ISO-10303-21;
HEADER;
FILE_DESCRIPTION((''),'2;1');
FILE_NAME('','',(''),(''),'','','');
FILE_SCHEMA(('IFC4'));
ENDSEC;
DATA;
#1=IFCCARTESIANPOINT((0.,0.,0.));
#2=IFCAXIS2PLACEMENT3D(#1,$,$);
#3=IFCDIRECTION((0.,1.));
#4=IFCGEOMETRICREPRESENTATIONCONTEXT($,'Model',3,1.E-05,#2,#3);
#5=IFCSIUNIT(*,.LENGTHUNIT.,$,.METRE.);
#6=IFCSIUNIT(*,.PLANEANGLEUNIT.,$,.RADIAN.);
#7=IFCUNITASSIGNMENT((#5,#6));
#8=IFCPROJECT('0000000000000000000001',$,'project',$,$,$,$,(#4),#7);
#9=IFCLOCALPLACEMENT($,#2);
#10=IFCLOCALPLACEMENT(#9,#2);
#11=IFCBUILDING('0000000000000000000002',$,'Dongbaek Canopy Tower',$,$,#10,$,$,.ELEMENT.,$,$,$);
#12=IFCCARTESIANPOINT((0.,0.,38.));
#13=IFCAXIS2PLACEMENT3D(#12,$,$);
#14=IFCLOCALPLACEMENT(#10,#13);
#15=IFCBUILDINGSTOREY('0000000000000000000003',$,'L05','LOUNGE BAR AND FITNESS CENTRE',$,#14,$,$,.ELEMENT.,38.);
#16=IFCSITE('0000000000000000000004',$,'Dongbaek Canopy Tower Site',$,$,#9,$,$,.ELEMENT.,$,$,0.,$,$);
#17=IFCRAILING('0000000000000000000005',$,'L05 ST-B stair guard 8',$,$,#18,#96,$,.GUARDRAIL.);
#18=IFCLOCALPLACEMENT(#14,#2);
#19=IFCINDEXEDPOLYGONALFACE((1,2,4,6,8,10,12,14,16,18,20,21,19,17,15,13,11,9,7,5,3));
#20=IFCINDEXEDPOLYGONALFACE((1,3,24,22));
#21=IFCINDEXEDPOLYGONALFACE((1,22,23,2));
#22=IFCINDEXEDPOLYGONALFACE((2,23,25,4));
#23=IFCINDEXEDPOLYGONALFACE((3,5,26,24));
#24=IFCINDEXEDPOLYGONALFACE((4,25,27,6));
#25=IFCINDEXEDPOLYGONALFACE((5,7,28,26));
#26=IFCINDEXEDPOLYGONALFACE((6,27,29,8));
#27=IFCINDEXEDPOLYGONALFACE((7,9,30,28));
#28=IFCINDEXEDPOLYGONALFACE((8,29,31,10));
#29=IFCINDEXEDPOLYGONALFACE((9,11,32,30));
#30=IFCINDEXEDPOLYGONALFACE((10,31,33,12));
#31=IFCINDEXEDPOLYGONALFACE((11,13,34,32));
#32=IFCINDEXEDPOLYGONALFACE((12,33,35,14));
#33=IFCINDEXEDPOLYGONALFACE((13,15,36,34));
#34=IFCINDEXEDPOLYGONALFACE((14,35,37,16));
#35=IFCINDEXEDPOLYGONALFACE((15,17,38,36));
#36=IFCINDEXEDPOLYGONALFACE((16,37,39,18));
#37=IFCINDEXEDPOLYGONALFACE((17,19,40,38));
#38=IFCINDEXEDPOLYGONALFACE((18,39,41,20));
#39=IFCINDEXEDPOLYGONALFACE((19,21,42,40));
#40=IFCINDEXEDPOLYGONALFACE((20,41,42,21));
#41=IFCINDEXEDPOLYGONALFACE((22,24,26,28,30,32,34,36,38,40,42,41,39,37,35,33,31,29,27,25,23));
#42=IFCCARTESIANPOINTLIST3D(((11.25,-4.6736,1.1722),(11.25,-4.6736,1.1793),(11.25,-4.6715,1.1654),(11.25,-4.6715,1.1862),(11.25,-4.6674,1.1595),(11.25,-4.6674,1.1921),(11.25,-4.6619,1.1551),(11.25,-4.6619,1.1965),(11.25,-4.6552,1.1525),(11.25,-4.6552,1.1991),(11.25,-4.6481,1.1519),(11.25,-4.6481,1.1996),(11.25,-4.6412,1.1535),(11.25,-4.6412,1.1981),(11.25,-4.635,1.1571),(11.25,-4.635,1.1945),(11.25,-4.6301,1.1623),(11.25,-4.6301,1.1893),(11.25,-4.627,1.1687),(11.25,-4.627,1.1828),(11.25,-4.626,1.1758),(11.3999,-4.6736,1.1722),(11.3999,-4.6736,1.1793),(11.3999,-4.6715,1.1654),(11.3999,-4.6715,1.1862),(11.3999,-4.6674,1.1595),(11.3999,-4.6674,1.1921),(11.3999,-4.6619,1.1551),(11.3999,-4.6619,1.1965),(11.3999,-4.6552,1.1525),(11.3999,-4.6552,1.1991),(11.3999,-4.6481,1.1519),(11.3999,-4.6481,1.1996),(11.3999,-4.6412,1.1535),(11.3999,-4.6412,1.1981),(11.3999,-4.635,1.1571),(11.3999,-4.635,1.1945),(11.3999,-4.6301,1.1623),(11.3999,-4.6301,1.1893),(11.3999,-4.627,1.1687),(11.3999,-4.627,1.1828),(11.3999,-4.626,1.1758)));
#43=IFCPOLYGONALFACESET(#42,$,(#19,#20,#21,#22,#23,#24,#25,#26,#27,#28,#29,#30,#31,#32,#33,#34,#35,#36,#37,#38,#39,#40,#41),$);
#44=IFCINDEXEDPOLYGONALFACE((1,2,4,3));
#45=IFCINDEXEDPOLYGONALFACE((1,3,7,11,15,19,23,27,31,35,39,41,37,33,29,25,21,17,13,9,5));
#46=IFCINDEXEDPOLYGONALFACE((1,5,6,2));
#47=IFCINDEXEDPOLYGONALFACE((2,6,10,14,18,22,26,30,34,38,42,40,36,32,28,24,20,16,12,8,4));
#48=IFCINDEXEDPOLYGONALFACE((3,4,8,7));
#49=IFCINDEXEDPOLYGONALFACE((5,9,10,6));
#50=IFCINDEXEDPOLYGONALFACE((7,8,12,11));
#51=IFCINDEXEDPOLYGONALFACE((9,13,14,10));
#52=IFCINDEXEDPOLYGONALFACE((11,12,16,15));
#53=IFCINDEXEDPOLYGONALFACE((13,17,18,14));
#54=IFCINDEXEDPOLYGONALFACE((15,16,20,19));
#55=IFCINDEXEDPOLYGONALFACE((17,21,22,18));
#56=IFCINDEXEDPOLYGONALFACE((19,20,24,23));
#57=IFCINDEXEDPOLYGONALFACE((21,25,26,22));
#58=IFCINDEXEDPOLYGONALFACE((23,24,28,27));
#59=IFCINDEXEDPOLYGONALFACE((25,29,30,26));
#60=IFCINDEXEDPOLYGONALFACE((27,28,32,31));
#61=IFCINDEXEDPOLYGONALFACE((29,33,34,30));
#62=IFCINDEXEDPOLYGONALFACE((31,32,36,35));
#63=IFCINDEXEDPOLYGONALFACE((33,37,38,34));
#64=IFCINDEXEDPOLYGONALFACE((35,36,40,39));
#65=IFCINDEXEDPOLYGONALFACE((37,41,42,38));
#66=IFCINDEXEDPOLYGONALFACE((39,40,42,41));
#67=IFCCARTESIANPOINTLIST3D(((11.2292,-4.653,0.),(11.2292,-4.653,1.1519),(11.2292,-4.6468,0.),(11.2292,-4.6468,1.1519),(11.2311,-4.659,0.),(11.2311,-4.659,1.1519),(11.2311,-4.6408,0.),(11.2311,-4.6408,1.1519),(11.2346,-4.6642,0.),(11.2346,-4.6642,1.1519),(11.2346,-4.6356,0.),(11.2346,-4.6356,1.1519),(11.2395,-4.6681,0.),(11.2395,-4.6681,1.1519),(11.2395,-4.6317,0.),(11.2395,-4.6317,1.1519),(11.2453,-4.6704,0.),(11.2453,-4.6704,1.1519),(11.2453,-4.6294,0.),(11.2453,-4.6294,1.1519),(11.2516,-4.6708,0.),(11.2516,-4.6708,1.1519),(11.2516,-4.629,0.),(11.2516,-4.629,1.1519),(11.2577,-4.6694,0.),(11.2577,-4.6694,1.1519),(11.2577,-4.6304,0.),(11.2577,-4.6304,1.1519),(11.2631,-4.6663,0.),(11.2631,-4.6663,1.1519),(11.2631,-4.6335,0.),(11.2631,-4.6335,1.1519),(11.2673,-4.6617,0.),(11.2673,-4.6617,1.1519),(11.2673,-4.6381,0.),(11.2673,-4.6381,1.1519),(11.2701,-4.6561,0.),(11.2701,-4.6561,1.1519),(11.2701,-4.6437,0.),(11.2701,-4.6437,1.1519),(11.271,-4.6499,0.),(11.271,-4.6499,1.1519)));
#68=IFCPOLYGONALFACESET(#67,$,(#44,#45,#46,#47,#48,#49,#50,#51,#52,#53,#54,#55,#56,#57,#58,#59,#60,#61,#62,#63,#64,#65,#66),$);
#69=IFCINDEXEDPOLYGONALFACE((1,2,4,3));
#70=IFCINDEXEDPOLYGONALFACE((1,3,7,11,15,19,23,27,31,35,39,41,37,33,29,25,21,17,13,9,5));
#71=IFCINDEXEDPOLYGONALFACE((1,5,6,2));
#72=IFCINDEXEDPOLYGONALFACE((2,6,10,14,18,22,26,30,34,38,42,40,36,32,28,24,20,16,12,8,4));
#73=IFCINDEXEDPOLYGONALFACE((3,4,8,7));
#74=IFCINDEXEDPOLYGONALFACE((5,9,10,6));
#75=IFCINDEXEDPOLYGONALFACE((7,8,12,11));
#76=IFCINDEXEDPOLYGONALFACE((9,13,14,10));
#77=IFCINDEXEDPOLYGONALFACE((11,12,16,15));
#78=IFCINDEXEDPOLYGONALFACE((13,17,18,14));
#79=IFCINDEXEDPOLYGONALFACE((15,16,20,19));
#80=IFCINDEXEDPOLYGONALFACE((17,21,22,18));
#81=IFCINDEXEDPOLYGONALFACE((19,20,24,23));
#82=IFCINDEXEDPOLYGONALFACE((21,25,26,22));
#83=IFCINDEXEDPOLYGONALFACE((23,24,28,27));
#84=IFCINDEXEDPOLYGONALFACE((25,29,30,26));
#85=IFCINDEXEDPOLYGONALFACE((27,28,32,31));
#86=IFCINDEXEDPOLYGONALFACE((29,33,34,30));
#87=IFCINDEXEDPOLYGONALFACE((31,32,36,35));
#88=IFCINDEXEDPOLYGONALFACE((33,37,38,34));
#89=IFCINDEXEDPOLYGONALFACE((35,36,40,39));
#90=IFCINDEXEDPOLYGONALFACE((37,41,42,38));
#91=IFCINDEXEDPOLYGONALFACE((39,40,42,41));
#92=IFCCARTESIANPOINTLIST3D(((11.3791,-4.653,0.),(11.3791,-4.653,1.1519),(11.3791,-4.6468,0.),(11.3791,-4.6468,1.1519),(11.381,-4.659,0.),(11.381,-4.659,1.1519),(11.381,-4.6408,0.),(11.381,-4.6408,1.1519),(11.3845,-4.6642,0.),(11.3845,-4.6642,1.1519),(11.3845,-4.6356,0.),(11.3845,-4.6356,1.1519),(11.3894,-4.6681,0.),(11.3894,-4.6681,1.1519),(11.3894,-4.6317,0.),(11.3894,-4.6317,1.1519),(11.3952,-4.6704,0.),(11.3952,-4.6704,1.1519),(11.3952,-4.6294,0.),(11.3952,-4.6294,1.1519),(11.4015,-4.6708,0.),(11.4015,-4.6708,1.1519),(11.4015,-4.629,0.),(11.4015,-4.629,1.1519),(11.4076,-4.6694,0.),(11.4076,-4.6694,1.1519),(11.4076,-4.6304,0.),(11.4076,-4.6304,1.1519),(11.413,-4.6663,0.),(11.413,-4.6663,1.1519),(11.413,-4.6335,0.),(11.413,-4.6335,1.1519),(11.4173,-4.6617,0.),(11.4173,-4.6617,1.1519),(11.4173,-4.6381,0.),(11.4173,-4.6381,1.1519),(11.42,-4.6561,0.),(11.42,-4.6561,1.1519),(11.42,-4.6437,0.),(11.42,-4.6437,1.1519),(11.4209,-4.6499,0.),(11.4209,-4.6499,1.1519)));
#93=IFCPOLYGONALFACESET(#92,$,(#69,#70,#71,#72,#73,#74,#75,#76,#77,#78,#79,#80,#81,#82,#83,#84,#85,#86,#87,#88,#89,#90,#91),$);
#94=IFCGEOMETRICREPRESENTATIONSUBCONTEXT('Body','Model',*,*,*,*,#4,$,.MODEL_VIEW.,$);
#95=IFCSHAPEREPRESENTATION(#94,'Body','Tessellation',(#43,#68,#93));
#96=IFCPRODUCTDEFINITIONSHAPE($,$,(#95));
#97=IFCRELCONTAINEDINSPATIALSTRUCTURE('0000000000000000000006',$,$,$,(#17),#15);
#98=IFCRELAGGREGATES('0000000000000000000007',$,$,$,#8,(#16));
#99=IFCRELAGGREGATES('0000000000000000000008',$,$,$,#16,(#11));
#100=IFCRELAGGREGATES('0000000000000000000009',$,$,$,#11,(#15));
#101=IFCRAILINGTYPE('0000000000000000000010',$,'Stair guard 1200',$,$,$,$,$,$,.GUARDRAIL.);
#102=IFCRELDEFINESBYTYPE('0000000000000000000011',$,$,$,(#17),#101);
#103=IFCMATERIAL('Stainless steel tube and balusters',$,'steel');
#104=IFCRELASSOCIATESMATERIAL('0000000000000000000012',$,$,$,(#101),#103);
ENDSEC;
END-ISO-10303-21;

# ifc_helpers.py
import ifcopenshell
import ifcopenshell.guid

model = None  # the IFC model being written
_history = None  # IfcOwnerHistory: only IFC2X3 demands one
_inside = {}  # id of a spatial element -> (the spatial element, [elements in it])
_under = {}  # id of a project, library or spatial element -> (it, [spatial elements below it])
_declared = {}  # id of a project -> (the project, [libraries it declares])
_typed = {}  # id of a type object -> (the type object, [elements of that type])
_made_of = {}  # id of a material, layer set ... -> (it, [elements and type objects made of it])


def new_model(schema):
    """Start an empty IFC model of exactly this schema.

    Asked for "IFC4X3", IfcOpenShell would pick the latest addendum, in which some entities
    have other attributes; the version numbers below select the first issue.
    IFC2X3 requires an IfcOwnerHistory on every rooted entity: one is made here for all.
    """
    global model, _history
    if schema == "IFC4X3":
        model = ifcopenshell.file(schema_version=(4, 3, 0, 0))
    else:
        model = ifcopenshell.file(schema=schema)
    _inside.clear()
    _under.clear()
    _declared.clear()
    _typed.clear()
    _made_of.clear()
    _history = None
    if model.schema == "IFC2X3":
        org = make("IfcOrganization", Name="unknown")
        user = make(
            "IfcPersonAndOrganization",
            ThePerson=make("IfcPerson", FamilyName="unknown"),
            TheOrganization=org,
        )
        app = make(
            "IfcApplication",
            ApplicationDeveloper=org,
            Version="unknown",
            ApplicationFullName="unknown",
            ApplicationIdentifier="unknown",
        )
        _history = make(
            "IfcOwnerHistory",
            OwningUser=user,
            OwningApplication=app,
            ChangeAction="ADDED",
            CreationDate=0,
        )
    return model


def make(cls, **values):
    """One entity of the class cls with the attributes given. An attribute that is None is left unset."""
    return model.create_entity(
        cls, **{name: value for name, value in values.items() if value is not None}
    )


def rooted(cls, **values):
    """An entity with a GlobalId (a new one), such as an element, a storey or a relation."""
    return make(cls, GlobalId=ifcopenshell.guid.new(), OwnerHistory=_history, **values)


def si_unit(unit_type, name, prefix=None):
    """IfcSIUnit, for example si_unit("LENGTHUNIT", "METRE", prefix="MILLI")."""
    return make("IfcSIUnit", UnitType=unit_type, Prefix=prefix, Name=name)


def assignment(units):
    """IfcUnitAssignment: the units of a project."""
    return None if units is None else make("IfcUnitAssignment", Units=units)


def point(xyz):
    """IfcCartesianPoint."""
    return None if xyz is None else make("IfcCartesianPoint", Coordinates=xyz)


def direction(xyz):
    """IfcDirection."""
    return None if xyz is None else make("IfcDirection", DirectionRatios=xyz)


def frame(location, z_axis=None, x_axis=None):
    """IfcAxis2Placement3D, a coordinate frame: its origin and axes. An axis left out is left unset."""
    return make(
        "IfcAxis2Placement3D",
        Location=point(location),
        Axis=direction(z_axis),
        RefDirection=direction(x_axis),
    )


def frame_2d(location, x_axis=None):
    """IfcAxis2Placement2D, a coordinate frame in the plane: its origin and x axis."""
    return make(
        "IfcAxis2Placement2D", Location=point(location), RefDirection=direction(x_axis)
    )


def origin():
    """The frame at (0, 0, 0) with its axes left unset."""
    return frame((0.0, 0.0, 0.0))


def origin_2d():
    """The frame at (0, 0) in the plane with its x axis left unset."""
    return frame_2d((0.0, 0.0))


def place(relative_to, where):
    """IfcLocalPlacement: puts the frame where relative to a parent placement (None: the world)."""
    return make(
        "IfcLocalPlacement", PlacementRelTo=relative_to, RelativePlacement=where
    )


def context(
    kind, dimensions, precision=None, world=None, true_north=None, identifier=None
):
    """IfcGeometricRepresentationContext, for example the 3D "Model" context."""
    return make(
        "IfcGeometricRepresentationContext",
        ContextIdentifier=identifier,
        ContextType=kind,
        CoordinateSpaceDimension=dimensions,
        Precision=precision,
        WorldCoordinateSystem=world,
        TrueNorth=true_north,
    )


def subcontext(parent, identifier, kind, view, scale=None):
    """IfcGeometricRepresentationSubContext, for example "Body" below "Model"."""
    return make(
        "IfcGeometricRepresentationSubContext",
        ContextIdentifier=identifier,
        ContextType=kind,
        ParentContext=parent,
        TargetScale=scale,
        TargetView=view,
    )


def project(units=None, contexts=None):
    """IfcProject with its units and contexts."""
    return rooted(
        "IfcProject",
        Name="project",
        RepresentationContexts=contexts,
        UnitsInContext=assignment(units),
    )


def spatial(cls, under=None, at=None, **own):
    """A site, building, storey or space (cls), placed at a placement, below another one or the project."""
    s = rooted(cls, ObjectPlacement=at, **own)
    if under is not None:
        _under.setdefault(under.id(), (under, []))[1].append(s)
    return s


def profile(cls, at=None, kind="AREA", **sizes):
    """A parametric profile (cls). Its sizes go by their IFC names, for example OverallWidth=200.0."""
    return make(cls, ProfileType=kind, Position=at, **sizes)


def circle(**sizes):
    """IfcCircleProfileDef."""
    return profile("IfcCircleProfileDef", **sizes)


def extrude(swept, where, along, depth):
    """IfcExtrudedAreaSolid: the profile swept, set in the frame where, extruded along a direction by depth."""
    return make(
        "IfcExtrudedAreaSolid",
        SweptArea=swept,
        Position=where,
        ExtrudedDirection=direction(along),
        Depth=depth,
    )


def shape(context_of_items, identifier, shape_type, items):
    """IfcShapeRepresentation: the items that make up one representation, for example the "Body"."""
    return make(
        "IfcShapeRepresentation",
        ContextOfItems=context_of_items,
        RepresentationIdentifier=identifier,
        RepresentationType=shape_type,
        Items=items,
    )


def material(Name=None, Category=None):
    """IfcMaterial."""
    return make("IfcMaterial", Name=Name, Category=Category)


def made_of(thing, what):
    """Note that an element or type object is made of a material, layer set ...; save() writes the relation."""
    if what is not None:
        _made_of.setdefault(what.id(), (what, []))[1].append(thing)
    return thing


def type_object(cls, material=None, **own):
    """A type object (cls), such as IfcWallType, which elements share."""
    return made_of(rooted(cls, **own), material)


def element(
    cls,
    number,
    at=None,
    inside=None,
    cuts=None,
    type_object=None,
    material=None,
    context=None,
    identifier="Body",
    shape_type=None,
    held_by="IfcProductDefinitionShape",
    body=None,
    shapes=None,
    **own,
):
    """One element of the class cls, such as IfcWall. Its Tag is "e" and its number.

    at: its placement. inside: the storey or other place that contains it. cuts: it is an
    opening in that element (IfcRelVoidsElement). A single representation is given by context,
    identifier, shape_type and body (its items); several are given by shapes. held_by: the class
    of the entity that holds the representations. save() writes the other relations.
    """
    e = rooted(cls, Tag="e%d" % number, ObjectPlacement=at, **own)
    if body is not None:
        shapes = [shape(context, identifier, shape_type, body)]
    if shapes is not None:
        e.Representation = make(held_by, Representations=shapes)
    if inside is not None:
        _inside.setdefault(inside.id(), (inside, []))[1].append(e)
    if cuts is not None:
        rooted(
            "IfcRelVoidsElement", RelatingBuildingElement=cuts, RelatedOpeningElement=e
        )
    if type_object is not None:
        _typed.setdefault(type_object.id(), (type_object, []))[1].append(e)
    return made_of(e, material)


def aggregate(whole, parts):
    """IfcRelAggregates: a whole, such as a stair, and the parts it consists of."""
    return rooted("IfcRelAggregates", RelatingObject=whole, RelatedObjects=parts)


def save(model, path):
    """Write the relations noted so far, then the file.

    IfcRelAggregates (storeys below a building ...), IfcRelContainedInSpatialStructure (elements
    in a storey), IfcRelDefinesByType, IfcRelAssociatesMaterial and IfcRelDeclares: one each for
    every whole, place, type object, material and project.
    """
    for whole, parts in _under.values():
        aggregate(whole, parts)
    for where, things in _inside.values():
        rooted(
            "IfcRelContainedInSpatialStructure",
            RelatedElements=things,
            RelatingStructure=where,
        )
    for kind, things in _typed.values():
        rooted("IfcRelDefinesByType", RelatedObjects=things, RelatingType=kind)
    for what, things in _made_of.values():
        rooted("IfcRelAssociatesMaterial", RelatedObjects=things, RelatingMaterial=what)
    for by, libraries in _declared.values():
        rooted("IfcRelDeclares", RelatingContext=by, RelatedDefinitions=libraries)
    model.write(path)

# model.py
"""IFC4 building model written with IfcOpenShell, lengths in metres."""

from ifc_helpers import new_model, si_unit, direction, frame, origin, origin_2d, place, context, subcontext, project, spatial, circle, extrude, material, type_object, element, save


model = new_model("IFC4")

# Units and contexts
model_context = context("Model", 3, precision=1e-05, world=origin(), true_north=direction((0.0, 1.0)))
body_context = subcontext(model_context, "Body", "Model", "MODEL_VIEW")
ifc_project = project(units=[si_unit("LENGTHUNIT", "METRE"), si_unit("PLANEANGLEUNIT", "RADIAN")], contexts=[model_context])

# Site, building, storey
site_placement = place(None, origin())
site = spatial("IfcSite", under=ifc_project, at=site_placement, Name="Dongbaek Canopy Tower Site", CompositionType="ELEMENT", RefElevation=0.0)
building_placement = place(site_placement, origin())
building = spatial("IfcBuilding", under=site, at=building_placement, Name="Dongbaek Canopy Tower", CompositionType="ELEMENT")
storey_placement = place(building_placement, frame((0.0, 0.0, 38.0)))
storey = spatial("IfcBuildingStorey", under=building, at=storey_placement, Name="L05", Description="LOUNGE BAR AND FITNESS CENTRE", CompositionType="ELEMENT", Elevation=38.0)

# Railing
ifc_material_1 = material(Name="Stainless steel tube and balusters", Category="steel")
railing_type_1 = type_object("IfcRailingType", Name="Stair guard 1200", PredefinedType="GUARDRAIL", material=ifc_material_1)
railing_1_placement = place(storey_placement, frame((11.25, -4.6499, 0.0)))
element("IfcRailing", 1, at=railing_1_placement, inside=storey, type_object=railing_type_1, Name="L05 ST-B stair guard 8", PredefinedType="GUARDRAIL", context=body_context, shape_type="SweptSolid", body=[
    extrude(circle(Radius=0.0239, at=origin_2d()), frame((0.0, 0.0, 1.1758), z_axis=(1.0, 0.0, 0.0), x_axis=(0.0, 1.0, 0.0)), (0.0, 0.0, 1.0), 0.1499),
    extrude(circle(Radius=0.021, at=origin_2d()), origin(), (0.0, 0.0, 1.0), 1.1519),
    extrude(circle(Radius=0.021, at=origin_2d()), frame((0.1499, 0.0, 0.0)), (0.0, 0.0, 1.0), 1.1519),
])

save(model, "model.ifc")
